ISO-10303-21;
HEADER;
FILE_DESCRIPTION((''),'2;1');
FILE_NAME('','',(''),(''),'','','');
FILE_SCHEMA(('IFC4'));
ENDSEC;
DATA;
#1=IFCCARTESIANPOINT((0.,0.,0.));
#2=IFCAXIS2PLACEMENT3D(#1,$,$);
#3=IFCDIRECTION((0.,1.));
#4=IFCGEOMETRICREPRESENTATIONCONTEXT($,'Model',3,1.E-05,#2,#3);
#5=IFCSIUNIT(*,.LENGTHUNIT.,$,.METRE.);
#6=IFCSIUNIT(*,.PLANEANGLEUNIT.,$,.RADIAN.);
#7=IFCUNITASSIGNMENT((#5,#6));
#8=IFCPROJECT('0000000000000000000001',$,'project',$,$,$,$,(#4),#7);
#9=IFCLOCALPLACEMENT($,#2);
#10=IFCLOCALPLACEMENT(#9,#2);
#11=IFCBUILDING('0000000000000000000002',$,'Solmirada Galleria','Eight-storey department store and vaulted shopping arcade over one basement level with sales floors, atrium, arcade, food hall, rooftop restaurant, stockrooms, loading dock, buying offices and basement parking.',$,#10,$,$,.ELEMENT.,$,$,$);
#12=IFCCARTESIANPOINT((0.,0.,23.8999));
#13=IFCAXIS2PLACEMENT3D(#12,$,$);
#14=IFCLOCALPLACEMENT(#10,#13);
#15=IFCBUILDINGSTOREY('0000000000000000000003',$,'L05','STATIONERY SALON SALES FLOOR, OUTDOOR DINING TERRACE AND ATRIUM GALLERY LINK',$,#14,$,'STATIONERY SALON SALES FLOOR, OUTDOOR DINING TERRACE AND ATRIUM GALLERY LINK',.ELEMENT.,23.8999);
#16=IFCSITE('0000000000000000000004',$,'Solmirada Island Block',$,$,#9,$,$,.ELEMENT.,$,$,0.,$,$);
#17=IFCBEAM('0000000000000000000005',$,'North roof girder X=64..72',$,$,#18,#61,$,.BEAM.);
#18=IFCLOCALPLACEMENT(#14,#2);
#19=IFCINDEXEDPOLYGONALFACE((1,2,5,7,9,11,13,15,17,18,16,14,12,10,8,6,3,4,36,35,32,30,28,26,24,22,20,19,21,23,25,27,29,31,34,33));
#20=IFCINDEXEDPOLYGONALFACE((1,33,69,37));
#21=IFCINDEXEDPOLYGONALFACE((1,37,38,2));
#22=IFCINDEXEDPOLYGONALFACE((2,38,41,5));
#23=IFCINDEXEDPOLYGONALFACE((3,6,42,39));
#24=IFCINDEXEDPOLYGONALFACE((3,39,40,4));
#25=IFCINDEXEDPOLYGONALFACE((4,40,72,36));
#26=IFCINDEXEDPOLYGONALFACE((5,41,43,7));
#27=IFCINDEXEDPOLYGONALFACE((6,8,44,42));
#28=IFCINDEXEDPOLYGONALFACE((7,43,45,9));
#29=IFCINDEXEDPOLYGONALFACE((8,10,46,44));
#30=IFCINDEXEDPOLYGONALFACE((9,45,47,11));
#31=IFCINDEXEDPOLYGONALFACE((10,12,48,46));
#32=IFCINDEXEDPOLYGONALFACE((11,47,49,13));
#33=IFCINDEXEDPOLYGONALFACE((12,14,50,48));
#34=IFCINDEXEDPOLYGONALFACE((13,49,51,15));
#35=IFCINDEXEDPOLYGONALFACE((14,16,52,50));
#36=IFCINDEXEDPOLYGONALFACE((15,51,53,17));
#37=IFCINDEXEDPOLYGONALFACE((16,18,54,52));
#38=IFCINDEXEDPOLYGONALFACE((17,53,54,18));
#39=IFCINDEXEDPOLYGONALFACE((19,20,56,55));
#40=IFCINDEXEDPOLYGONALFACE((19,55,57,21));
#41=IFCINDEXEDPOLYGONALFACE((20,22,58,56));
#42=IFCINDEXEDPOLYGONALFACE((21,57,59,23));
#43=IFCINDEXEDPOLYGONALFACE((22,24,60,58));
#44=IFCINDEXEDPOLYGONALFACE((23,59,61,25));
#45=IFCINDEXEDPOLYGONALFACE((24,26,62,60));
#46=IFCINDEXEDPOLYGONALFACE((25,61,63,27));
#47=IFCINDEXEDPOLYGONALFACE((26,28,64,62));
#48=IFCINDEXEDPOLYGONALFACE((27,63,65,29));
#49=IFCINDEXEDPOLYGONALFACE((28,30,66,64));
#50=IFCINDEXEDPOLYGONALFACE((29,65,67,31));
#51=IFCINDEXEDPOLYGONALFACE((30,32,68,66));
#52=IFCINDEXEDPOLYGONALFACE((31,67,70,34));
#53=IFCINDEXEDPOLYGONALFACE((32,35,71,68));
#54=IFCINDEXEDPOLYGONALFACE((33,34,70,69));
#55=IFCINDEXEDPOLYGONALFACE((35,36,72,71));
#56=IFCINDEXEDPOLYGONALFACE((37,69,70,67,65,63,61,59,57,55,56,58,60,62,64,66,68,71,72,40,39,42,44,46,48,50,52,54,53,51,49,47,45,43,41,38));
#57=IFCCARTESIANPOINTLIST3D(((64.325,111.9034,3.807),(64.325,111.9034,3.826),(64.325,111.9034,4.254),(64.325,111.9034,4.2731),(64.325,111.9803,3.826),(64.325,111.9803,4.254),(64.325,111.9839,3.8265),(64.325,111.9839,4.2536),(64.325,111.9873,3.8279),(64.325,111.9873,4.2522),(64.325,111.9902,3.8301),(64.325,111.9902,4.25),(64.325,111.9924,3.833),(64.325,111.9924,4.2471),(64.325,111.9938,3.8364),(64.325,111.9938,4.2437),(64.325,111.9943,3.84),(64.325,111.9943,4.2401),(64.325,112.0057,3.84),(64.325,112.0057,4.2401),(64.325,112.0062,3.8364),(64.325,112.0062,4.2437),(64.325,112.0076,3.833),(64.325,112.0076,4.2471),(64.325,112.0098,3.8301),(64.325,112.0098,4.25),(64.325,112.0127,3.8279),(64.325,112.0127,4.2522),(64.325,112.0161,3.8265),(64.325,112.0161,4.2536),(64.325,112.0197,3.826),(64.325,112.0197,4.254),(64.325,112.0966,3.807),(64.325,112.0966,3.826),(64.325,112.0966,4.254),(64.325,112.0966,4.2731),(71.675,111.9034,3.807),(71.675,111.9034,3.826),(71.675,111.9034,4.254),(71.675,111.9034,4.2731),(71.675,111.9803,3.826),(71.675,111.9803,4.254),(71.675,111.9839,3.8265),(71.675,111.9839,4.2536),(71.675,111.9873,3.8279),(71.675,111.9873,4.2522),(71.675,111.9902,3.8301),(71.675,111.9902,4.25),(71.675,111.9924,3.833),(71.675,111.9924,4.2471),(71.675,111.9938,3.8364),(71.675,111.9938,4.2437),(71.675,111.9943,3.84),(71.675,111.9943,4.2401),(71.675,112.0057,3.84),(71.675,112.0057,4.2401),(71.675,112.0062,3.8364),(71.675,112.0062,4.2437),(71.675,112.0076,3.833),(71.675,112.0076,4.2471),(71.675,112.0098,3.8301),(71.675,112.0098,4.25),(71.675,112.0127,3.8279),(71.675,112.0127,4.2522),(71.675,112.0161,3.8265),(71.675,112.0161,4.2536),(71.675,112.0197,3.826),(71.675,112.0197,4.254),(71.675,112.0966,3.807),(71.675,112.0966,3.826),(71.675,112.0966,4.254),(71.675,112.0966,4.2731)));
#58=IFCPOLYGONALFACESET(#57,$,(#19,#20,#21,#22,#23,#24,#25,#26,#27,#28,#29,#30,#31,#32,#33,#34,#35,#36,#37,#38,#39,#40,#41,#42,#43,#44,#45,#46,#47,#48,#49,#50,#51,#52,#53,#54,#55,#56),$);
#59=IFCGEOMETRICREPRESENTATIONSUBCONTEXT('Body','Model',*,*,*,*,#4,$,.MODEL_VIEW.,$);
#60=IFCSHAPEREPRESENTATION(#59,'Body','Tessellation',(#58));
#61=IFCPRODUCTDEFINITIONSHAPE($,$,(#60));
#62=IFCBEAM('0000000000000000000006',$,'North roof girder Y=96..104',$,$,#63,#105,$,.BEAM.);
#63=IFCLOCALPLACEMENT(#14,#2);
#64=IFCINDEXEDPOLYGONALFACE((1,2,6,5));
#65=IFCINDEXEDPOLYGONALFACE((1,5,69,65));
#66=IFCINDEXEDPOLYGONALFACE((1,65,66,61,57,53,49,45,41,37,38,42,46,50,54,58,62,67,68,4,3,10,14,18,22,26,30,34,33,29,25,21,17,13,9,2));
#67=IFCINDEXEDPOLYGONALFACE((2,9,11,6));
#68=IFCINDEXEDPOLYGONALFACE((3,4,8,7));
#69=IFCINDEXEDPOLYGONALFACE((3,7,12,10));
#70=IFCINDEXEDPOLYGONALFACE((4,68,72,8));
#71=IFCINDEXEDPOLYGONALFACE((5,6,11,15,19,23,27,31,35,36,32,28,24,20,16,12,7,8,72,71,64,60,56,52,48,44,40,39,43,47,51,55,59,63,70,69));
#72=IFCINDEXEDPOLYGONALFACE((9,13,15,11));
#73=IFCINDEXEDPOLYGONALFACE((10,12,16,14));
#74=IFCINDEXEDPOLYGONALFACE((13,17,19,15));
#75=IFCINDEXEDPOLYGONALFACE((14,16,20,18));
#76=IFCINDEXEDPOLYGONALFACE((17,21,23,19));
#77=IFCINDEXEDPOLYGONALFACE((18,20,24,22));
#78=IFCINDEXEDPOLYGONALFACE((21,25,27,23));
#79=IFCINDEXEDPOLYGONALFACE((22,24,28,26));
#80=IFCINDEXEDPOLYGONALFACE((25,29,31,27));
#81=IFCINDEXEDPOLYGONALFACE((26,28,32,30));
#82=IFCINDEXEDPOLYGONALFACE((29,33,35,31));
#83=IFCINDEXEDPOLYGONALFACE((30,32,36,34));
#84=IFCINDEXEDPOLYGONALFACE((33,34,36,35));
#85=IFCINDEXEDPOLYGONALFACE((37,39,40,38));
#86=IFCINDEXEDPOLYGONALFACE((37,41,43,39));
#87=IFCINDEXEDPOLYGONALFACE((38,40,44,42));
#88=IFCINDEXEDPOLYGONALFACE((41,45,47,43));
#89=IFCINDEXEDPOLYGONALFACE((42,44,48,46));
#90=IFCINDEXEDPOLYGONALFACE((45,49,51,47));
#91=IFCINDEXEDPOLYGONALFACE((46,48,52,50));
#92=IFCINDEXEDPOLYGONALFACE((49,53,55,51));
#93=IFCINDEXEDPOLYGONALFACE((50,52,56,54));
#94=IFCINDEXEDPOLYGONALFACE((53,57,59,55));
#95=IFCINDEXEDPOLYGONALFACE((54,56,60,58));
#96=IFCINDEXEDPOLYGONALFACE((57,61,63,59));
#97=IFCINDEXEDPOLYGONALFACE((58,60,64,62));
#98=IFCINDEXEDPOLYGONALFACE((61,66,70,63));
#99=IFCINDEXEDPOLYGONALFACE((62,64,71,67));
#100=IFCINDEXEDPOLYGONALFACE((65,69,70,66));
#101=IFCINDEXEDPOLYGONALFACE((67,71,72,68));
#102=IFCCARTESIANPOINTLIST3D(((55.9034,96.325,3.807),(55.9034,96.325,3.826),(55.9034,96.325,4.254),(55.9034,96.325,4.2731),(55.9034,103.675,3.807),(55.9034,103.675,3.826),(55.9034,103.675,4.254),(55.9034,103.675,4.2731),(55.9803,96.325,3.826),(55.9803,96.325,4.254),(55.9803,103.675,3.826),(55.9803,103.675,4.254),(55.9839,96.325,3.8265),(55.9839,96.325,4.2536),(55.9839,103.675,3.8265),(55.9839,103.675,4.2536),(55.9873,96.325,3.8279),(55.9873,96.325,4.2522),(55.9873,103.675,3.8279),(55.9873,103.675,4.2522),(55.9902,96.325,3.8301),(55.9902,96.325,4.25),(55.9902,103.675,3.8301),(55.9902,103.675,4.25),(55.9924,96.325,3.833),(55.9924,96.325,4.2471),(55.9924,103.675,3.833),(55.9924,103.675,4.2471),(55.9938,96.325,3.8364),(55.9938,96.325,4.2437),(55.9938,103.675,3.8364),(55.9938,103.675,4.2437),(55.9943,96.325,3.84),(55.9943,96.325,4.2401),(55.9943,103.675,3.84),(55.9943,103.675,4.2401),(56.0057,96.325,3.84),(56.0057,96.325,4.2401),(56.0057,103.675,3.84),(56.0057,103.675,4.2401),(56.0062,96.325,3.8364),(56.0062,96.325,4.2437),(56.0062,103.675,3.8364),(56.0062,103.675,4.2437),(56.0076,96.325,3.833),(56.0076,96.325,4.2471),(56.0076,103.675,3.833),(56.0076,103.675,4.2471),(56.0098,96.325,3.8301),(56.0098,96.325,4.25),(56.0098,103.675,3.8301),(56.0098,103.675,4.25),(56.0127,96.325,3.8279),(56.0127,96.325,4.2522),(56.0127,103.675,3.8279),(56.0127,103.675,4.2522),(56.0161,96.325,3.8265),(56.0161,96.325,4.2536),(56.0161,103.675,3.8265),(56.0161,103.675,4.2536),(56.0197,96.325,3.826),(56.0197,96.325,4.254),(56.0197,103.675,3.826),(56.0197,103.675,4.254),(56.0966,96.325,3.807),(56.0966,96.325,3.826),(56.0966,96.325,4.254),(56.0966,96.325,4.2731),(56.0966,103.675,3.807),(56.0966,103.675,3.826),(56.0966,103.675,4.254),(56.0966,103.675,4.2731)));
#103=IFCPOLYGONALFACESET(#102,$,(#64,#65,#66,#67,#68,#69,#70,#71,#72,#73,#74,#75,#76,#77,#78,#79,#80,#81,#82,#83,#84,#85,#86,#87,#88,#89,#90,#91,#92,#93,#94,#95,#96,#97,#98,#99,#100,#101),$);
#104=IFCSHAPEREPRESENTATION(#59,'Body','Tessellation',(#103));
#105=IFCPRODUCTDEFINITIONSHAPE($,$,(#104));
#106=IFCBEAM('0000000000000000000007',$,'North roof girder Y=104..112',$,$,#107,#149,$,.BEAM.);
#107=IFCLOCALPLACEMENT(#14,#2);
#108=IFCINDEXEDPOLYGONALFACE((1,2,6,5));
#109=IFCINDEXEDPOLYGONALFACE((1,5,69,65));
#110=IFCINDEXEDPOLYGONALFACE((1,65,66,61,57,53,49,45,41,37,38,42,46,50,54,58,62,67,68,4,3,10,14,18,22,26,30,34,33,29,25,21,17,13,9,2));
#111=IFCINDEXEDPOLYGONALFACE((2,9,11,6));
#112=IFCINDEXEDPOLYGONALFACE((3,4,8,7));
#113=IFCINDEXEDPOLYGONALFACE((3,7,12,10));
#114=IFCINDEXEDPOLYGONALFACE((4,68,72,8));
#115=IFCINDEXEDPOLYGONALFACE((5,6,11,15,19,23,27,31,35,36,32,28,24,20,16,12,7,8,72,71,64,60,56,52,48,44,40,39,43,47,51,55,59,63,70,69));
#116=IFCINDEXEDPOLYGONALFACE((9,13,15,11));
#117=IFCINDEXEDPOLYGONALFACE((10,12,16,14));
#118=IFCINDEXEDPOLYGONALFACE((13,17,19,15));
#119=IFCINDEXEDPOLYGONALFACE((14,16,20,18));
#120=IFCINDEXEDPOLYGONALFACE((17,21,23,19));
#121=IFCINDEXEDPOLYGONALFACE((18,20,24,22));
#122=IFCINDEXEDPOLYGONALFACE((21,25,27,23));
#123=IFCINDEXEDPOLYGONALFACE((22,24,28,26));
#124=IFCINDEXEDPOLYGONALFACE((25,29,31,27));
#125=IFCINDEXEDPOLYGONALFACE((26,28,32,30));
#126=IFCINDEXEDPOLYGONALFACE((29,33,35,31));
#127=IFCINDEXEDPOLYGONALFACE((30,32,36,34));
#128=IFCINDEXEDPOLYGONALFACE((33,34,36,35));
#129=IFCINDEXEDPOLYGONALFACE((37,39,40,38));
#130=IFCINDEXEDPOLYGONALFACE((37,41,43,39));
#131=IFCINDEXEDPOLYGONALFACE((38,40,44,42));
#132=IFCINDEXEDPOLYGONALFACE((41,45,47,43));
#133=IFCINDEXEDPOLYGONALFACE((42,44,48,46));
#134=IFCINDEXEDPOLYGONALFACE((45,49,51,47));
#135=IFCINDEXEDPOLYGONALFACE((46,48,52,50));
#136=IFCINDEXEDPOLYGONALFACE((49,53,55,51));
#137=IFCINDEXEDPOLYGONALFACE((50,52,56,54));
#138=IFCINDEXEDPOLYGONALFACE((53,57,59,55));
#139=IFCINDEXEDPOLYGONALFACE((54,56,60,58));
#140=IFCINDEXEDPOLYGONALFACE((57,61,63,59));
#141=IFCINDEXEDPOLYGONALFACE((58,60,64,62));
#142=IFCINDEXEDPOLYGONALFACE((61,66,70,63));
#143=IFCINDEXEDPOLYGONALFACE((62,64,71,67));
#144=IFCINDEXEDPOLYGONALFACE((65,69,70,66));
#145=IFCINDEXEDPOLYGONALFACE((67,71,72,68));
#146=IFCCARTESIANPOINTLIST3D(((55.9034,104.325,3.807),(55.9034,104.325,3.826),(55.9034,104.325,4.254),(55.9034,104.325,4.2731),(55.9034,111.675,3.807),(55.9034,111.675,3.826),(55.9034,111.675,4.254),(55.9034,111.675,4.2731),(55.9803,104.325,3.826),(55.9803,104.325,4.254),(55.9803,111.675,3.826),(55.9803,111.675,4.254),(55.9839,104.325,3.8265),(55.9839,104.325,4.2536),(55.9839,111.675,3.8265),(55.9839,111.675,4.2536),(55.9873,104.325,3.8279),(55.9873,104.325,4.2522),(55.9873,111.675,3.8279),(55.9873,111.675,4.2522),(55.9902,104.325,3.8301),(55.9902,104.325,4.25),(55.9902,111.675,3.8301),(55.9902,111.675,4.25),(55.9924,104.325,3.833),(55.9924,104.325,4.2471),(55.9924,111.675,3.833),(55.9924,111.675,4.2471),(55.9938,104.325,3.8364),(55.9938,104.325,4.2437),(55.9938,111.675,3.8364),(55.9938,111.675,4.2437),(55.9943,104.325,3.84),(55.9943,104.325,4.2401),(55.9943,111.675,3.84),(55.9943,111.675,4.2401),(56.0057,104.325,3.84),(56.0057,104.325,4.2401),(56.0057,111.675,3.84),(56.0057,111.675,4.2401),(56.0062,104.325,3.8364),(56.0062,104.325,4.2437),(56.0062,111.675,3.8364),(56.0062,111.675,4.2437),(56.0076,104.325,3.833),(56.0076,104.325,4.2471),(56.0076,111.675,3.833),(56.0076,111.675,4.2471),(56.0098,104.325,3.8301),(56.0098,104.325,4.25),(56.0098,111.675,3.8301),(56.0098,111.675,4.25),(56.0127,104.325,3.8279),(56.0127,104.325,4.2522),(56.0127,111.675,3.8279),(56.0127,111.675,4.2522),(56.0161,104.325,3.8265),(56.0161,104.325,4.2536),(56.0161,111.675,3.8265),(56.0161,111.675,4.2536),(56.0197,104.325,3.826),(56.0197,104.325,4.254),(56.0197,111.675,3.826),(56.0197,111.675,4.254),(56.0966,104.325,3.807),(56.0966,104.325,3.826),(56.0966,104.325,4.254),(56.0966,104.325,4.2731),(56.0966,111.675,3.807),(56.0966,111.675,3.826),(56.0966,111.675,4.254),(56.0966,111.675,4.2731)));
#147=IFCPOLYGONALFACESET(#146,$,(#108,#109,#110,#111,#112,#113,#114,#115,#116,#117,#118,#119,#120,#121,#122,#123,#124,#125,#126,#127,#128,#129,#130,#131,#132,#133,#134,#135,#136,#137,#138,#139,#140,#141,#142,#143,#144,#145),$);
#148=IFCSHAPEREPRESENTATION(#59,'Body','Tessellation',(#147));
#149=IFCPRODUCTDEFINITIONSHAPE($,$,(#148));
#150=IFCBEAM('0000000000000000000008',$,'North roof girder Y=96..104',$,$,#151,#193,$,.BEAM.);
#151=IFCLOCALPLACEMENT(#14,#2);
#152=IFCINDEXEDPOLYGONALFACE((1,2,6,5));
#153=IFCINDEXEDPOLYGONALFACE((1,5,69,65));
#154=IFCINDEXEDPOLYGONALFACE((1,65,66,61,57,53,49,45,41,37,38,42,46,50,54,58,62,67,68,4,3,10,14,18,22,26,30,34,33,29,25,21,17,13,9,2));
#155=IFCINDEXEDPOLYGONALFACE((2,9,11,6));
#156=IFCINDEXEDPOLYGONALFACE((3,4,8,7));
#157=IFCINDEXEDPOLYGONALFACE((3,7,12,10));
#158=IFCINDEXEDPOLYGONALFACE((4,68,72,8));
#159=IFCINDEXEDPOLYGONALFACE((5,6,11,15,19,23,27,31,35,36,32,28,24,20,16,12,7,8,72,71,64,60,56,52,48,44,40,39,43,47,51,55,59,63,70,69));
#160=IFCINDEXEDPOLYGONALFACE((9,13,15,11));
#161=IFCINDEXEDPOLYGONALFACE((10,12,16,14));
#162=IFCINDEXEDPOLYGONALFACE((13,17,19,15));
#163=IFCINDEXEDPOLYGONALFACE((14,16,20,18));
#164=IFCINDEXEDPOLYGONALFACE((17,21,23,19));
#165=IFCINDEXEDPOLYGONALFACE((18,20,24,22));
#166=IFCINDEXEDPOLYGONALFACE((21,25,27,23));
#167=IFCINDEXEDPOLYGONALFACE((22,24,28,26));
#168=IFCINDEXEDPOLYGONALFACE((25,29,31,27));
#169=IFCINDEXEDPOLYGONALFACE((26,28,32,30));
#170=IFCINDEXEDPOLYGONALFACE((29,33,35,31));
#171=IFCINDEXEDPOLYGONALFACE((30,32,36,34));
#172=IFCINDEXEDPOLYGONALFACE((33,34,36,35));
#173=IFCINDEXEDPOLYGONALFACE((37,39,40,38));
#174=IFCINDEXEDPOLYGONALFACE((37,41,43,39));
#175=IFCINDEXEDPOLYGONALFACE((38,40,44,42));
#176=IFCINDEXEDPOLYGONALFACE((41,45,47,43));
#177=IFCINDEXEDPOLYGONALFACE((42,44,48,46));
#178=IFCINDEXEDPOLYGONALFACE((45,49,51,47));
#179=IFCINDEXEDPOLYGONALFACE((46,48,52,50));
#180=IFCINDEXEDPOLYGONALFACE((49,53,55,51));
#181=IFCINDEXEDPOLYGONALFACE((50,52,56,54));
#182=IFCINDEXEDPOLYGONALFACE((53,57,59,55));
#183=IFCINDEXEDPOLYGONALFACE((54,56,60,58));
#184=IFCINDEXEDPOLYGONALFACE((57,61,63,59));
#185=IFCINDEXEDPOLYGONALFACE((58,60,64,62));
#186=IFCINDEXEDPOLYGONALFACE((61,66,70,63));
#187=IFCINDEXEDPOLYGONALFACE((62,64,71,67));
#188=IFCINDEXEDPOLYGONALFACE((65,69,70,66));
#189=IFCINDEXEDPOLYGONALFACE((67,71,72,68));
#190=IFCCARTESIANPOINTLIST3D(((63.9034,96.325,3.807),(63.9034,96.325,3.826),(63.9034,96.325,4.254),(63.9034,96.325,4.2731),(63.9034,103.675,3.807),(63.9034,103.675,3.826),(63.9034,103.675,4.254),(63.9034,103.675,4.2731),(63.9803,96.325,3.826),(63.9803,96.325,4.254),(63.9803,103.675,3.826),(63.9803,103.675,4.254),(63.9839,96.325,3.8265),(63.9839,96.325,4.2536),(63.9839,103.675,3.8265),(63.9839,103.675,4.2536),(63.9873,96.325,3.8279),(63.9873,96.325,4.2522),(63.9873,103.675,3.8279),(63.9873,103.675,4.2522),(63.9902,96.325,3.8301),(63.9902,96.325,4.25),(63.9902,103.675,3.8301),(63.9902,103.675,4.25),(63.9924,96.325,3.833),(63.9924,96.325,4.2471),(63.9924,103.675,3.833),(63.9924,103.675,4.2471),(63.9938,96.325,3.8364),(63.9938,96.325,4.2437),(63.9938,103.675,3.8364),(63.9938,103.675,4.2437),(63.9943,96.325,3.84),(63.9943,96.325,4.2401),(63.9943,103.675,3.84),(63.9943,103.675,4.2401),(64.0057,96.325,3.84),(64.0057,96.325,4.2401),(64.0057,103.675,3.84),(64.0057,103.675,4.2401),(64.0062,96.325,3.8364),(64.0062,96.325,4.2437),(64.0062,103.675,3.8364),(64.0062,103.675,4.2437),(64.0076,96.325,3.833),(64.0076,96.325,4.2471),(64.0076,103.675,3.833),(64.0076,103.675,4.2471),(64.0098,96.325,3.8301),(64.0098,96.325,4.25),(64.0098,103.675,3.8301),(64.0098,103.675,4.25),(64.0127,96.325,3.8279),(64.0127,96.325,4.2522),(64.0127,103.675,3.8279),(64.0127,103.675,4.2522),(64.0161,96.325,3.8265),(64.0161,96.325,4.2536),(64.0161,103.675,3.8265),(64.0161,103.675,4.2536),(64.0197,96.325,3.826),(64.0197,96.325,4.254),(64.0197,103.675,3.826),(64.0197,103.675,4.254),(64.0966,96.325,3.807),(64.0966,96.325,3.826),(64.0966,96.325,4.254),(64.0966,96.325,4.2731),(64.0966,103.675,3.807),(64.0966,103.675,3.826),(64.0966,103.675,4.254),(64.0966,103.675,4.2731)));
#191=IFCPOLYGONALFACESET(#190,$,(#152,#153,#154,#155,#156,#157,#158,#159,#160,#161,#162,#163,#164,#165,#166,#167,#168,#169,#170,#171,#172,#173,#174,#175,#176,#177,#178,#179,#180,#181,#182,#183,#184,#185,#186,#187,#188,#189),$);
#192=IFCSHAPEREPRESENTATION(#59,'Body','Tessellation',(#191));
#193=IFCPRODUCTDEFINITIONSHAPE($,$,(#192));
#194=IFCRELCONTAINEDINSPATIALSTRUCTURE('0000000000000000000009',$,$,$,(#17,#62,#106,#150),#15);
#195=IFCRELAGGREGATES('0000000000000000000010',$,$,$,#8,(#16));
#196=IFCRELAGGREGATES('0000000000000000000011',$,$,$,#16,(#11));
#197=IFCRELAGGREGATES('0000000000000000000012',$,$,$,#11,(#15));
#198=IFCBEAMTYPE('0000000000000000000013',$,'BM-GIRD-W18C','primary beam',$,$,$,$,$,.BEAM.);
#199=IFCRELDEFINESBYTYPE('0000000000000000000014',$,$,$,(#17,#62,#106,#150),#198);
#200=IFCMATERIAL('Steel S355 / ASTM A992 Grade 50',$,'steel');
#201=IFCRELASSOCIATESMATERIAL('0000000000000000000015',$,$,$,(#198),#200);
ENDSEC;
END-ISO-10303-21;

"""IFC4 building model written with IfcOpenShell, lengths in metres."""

from ifc_helpers import new_model, si_unit, direction, frame, origin, origin_2d, place, context, subcontext, project, spatial, i_section, extrude, material, material_profile, profile_set, type_object, element, save


model = new_model("IFC4")

# Units and contexts
model_context = context("Model", 3, precision=1e-05, world=origin(), true_north=direction((0.0, 1.0)))
body_context = subcontext(model_context, "Body", "Model", "MODEL_VIEW")
ifc_project = project(units=[si_unit("LENGTHUNIT", "METRE"), si_unit("PLANEANGLEUNIT", "RADIAN")], contexts=[model_context])

# Site, building, storey
site_placement = place(None, origin())
site = spatial("IfcSite", under=ifc_project, at=site_placement, Name="Solmirada Island Block", CompositionType="ELEMENT", RefElevation=0.0)
building_placement = place(site_placement, origin())
building = spatial("IfcBuilding", under=site, at=building_placement, Name="Solmirada Galleria", Description="Eight-storey department store and vaulted shopping arcade over one basement level with sales floors, atrium, arcade, food hall, rooftop restaurant, stockrooms, loading dock, buying offices and basement parking.", CompositionType="ELEMENT")
storey_placement = place(building_placement, frame((0.0, 0.0, 23.8999)))
storey = spatial("IfcBuildingStorey", under=building, at=storey_placement, Name="L05", Description="STATIONERY SALON SALES FLOOR, OUTDOOR DINING TERRACE AND ATRIUM GALLERY LINK", LongName="STATIONERY SALON SALES FLOOR, OUTDOOR DINING TERRACE AND ATRIUM GALLERY LINK", CompositionType="ELEMENT", Elevation=23.8999)

# Beams
ifc_material_1 = material(Name="Steel S355 / ASTM A992 Grade 50", Category="steel")
ifc_material_profile_1 = material_profile(ifc_material_1, i_section(OverallWidth=0.1931, OverallDepth=0.4661, WebThickness=0.0115, FlangeThickness=0.019, FilletRadius=0.0139, at=origin_2d()), Name="W18X65")
ifc_profile_set_1 = profile_set([ifc_material_profile_1], Name="Steel S355 / ASTM A992 Grade 50")
beam_type = type_object("IfcBeamType", Name="BM-GIRD-W18C", Description="primary beam", PredefinedType="BEAM", material=ifc_profile_set_1)
for number, where, z_axis, x_axis, name in (
    (1, (64.325, 112.0, 4.04), (1.0, 0.0, 0.0), (0.0, 1.0, 0.0), "North roof girder X=64..72"),
    (2, (56.0, 96.325, 4.04), (0.0, 1.0, 0.0), (-1.0, 0.0, 0.0), "North roof girder Y=96..104"),
    (3, (56.0, 104.325, 4.04), (0.0, 1.0, 0.0), (-1.0, 0.0, 0.0), "North roof girder Y=104..112"),
    (4, (64.0, 96.325, 4.04), (0.0, 1.0, 0.0), (-1.0, 0.0, 0.0), "North roof girder Y=96..104"),
):
    element("IfcBeam", number, at=place(storey_placement, frame(where, z_axis=z_axis, x_axis=x_axis)), inside=storey, type_object=beam_type, Name=name, PredefinedType="BEAM", context=body_context, shape_type="SweptSolid", body=[
        extrude(i_section(OverallWidth=0.1931, OverallDepth=0.4661, WebThickness=0.0115, FlangeThickness=0.019, FilletRadius=0.0139, at=origin_2d()), origin(), (0.0, 0.0, 1.0), 7.3501),
    ])

save(model, "model.ifc")
